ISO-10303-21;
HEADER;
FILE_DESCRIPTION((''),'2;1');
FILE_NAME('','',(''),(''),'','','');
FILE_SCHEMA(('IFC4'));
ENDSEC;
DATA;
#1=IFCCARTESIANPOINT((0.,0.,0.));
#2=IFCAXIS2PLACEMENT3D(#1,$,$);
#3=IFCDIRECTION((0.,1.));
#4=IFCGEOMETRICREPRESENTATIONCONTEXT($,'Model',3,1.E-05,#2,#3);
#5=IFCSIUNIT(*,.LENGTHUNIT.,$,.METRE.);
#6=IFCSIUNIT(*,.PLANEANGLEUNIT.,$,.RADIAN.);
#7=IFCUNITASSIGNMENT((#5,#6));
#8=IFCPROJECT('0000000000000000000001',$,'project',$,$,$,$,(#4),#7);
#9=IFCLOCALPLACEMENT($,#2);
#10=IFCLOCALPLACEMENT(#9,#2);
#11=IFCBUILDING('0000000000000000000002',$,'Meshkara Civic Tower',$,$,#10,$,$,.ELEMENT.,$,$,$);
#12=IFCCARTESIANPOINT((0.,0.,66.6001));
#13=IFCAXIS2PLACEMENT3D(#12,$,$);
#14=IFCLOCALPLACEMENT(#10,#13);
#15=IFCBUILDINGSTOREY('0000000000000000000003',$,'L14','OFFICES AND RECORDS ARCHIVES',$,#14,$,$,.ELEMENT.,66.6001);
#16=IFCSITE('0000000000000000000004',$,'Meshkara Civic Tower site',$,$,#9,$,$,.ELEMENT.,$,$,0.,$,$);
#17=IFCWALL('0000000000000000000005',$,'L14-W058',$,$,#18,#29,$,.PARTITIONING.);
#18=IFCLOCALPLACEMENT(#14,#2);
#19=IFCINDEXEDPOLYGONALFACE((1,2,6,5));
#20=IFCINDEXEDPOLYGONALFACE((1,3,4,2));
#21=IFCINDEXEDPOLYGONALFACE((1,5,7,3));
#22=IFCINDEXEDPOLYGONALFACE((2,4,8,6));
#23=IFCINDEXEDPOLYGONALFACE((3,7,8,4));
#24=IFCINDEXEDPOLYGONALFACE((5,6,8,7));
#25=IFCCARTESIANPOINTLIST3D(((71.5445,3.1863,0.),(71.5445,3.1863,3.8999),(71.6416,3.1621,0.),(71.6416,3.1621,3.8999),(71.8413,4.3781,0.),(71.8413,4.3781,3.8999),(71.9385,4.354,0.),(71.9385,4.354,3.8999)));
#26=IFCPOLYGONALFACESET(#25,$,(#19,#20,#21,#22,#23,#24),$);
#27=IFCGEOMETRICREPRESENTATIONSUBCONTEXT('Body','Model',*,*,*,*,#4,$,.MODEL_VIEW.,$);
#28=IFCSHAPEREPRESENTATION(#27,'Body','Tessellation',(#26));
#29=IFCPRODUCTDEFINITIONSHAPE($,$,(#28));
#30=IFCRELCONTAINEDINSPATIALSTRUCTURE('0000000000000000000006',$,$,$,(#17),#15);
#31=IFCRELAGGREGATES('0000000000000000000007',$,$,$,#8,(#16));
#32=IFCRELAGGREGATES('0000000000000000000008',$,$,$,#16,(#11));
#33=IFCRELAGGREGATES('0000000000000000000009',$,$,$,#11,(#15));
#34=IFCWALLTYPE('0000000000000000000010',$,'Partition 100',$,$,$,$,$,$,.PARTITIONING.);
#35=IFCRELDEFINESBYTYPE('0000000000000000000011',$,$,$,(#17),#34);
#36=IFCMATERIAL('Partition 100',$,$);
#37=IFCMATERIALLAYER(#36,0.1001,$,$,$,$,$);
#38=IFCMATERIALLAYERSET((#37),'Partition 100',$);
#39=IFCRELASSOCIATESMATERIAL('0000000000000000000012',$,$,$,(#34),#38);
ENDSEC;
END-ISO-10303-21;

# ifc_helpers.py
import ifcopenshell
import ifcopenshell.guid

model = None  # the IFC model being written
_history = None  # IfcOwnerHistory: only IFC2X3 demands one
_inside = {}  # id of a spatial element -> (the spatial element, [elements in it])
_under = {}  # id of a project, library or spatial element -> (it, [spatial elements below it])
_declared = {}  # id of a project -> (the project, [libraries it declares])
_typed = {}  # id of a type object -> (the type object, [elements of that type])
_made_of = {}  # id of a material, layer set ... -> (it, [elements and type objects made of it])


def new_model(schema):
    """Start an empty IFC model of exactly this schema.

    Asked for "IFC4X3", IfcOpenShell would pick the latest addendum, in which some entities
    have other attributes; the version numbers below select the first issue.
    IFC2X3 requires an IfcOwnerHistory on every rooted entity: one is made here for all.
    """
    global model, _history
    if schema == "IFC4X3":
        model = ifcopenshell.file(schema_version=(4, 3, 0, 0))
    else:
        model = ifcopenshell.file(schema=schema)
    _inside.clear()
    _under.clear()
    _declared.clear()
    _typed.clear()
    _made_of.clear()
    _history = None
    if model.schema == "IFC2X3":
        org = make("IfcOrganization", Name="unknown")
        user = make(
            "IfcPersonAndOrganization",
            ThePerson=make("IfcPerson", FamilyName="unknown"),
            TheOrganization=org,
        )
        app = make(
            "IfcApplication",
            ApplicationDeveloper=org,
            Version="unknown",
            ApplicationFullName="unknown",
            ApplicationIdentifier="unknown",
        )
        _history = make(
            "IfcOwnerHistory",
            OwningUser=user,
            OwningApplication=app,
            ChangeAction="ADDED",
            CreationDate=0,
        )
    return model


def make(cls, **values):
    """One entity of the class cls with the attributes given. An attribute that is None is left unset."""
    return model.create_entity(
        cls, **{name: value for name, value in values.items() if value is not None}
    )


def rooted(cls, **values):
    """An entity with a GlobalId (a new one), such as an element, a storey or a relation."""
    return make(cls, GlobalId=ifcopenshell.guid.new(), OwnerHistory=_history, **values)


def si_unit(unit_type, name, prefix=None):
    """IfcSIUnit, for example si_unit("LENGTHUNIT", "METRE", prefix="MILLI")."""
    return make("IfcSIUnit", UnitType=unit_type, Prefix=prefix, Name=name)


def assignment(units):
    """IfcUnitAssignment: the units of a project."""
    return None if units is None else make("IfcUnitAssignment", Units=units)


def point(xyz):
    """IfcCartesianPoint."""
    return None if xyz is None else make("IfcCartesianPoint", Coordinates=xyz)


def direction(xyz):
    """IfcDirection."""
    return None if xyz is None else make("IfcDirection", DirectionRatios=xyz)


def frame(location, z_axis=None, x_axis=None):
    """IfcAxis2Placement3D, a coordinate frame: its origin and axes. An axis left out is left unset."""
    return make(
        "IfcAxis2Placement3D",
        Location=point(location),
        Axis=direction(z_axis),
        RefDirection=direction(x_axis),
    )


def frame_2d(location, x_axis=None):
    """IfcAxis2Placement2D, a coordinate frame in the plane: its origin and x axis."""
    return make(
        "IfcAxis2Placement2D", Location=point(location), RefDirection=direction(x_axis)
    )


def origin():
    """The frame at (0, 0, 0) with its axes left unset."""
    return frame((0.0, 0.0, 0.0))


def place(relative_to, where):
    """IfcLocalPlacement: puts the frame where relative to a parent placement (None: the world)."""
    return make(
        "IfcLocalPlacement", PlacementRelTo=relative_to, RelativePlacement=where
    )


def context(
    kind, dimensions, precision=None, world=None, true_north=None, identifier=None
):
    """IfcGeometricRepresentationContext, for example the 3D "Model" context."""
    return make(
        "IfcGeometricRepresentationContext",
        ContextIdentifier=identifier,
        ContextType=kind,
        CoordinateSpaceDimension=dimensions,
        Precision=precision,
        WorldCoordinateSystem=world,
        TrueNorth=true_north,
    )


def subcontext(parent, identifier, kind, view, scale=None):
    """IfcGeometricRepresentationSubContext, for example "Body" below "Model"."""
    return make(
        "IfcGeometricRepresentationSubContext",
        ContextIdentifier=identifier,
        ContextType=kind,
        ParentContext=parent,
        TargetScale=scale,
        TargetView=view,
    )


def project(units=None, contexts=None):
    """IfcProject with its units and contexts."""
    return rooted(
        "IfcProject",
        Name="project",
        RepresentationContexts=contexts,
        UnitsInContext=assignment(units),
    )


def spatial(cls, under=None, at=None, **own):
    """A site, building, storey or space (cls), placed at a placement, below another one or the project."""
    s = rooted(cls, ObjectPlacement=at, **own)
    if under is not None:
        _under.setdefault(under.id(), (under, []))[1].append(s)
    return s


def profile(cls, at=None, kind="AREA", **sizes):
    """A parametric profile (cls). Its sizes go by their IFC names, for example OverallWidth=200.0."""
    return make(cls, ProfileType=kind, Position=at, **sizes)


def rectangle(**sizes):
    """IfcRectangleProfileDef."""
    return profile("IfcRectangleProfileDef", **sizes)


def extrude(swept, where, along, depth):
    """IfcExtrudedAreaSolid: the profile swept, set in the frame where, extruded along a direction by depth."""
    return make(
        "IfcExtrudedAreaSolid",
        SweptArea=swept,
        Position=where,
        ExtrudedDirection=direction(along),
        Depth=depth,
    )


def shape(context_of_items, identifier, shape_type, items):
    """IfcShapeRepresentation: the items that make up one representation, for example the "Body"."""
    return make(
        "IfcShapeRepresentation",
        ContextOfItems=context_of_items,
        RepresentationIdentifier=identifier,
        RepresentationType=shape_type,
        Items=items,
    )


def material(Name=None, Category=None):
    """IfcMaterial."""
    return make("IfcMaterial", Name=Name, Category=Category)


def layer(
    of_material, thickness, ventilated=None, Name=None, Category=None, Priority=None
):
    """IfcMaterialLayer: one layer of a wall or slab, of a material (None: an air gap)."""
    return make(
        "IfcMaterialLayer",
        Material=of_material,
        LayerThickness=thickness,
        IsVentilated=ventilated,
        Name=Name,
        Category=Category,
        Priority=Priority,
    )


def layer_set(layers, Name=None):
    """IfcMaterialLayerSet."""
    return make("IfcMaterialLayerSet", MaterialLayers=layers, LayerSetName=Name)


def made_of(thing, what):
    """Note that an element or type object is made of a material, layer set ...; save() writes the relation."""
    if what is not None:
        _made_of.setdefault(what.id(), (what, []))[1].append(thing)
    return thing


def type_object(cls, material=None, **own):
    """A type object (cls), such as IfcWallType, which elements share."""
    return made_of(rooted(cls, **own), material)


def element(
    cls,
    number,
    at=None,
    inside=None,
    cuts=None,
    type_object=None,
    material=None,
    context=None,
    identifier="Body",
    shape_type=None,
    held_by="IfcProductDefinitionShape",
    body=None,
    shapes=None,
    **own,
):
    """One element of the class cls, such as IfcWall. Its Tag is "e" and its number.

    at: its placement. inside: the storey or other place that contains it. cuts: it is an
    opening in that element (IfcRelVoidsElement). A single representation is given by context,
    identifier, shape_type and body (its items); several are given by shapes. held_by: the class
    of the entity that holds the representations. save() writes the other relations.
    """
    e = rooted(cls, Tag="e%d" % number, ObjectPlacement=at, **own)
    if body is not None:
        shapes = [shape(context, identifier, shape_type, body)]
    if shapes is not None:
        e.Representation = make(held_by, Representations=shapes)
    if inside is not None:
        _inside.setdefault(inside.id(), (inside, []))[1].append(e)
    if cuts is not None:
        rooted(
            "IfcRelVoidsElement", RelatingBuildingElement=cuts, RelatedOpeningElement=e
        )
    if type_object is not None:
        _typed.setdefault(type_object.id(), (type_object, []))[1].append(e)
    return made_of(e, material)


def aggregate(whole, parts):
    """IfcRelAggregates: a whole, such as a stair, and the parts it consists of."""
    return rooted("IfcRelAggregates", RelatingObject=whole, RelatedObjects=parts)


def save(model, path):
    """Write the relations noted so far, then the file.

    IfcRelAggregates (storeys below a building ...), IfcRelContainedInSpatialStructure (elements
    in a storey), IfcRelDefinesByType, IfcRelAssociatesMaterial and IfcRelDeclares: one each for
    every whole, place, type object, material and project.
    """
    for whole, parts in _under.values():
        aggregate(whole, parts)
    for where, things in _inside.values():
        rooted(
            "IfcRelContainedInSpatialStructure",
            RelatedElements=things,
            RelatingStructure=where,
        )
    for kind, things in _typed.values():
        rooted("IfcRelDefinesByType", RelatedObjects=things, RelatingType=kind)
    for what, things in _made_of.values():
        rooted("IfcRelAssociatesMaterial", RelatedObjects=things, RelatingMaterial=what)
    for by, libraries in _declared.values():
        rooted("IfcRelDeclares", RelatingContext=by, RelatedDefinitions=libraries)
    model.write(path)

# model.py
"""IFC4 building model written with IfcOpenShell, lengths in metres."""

from ifc_helpers import new_model, si_unit, direction, frame, frame_2d, origin, place, context, subcontext, project, spatial, rectangle, extrude, material, layer, layer_set, type_object, element, save


model = new_model("IFC4")

# Units and contexts
model_context = context("Model", 3, precision=1e-05, world=origin(), true_north=direction((0.0, 1.0)))
body_context = subcontext(model_context, "Body", "Model", "MODEL_VIEW")
ifc_project = project(units=[si_unit("LENGTHUNIT", "METRE"), si_unit("PLANEANGLEUNIT", "RADIAN")], contexts=[model_context])

# Site, building, storey
site_placement = place(None, origin())
site = spatial("IfcSite", under=ifc_project, at=site_placement, Name="Meshkara Civic Tower site", CompositionType="ELEMENT", RefElevation=0.0)
building_placement = place(site_placement, origin())
building = spatial("IfcBuilding", under=site, at=building_placement, Name="Meshkara Civic Tower", CompositionType="ELEMENT")
storey_placement = place(building_placement, frame((0.0, 0.0, 66.6001)))
storey = spatial("IfcBuildingStorey", under=building, at=storey_placement, Name="L14", Description="OFFICES AND RECORDS ARCHIVES", CompositionType="ELEMENT", Elevation=66.6001)

# Wall
ifc_material_1 = material(Name="Partition 100")
ifc_layer_1 = layer(ifc_material_1, 0.1001)
ifc_layer_set_1 = layer_set([ifc_layer_1], Name="Partition 100")
wall_type_1 = type_object("IfcWallType", Name="Partition 100", PredefinedType="PARTITIONING", material=ifc_layer_set_1)
wall_1_placement = place(storey_placement, frame((71.593, 3.1741, 0.0), z_axis=(0.0, 0.0, 1.0), x_axis=(0.241694, 0.970353, 0.0)))
element("IfcWall", 1, at=wall_1_placement, inside=storey, type_object=wall_type_1, Name="L14-W058", PredefinedType="PARTITIONING", context=body_context, shape_type="SweptSolid", body=[
    extrude(rectangle(XDim=1.2283, YDim=0.1001, at=frame_2d((0.6143, 0.0))), origin(), (0.0, 0.0, 1.0), 3.8999),
])

save(model, "model.ifc")
